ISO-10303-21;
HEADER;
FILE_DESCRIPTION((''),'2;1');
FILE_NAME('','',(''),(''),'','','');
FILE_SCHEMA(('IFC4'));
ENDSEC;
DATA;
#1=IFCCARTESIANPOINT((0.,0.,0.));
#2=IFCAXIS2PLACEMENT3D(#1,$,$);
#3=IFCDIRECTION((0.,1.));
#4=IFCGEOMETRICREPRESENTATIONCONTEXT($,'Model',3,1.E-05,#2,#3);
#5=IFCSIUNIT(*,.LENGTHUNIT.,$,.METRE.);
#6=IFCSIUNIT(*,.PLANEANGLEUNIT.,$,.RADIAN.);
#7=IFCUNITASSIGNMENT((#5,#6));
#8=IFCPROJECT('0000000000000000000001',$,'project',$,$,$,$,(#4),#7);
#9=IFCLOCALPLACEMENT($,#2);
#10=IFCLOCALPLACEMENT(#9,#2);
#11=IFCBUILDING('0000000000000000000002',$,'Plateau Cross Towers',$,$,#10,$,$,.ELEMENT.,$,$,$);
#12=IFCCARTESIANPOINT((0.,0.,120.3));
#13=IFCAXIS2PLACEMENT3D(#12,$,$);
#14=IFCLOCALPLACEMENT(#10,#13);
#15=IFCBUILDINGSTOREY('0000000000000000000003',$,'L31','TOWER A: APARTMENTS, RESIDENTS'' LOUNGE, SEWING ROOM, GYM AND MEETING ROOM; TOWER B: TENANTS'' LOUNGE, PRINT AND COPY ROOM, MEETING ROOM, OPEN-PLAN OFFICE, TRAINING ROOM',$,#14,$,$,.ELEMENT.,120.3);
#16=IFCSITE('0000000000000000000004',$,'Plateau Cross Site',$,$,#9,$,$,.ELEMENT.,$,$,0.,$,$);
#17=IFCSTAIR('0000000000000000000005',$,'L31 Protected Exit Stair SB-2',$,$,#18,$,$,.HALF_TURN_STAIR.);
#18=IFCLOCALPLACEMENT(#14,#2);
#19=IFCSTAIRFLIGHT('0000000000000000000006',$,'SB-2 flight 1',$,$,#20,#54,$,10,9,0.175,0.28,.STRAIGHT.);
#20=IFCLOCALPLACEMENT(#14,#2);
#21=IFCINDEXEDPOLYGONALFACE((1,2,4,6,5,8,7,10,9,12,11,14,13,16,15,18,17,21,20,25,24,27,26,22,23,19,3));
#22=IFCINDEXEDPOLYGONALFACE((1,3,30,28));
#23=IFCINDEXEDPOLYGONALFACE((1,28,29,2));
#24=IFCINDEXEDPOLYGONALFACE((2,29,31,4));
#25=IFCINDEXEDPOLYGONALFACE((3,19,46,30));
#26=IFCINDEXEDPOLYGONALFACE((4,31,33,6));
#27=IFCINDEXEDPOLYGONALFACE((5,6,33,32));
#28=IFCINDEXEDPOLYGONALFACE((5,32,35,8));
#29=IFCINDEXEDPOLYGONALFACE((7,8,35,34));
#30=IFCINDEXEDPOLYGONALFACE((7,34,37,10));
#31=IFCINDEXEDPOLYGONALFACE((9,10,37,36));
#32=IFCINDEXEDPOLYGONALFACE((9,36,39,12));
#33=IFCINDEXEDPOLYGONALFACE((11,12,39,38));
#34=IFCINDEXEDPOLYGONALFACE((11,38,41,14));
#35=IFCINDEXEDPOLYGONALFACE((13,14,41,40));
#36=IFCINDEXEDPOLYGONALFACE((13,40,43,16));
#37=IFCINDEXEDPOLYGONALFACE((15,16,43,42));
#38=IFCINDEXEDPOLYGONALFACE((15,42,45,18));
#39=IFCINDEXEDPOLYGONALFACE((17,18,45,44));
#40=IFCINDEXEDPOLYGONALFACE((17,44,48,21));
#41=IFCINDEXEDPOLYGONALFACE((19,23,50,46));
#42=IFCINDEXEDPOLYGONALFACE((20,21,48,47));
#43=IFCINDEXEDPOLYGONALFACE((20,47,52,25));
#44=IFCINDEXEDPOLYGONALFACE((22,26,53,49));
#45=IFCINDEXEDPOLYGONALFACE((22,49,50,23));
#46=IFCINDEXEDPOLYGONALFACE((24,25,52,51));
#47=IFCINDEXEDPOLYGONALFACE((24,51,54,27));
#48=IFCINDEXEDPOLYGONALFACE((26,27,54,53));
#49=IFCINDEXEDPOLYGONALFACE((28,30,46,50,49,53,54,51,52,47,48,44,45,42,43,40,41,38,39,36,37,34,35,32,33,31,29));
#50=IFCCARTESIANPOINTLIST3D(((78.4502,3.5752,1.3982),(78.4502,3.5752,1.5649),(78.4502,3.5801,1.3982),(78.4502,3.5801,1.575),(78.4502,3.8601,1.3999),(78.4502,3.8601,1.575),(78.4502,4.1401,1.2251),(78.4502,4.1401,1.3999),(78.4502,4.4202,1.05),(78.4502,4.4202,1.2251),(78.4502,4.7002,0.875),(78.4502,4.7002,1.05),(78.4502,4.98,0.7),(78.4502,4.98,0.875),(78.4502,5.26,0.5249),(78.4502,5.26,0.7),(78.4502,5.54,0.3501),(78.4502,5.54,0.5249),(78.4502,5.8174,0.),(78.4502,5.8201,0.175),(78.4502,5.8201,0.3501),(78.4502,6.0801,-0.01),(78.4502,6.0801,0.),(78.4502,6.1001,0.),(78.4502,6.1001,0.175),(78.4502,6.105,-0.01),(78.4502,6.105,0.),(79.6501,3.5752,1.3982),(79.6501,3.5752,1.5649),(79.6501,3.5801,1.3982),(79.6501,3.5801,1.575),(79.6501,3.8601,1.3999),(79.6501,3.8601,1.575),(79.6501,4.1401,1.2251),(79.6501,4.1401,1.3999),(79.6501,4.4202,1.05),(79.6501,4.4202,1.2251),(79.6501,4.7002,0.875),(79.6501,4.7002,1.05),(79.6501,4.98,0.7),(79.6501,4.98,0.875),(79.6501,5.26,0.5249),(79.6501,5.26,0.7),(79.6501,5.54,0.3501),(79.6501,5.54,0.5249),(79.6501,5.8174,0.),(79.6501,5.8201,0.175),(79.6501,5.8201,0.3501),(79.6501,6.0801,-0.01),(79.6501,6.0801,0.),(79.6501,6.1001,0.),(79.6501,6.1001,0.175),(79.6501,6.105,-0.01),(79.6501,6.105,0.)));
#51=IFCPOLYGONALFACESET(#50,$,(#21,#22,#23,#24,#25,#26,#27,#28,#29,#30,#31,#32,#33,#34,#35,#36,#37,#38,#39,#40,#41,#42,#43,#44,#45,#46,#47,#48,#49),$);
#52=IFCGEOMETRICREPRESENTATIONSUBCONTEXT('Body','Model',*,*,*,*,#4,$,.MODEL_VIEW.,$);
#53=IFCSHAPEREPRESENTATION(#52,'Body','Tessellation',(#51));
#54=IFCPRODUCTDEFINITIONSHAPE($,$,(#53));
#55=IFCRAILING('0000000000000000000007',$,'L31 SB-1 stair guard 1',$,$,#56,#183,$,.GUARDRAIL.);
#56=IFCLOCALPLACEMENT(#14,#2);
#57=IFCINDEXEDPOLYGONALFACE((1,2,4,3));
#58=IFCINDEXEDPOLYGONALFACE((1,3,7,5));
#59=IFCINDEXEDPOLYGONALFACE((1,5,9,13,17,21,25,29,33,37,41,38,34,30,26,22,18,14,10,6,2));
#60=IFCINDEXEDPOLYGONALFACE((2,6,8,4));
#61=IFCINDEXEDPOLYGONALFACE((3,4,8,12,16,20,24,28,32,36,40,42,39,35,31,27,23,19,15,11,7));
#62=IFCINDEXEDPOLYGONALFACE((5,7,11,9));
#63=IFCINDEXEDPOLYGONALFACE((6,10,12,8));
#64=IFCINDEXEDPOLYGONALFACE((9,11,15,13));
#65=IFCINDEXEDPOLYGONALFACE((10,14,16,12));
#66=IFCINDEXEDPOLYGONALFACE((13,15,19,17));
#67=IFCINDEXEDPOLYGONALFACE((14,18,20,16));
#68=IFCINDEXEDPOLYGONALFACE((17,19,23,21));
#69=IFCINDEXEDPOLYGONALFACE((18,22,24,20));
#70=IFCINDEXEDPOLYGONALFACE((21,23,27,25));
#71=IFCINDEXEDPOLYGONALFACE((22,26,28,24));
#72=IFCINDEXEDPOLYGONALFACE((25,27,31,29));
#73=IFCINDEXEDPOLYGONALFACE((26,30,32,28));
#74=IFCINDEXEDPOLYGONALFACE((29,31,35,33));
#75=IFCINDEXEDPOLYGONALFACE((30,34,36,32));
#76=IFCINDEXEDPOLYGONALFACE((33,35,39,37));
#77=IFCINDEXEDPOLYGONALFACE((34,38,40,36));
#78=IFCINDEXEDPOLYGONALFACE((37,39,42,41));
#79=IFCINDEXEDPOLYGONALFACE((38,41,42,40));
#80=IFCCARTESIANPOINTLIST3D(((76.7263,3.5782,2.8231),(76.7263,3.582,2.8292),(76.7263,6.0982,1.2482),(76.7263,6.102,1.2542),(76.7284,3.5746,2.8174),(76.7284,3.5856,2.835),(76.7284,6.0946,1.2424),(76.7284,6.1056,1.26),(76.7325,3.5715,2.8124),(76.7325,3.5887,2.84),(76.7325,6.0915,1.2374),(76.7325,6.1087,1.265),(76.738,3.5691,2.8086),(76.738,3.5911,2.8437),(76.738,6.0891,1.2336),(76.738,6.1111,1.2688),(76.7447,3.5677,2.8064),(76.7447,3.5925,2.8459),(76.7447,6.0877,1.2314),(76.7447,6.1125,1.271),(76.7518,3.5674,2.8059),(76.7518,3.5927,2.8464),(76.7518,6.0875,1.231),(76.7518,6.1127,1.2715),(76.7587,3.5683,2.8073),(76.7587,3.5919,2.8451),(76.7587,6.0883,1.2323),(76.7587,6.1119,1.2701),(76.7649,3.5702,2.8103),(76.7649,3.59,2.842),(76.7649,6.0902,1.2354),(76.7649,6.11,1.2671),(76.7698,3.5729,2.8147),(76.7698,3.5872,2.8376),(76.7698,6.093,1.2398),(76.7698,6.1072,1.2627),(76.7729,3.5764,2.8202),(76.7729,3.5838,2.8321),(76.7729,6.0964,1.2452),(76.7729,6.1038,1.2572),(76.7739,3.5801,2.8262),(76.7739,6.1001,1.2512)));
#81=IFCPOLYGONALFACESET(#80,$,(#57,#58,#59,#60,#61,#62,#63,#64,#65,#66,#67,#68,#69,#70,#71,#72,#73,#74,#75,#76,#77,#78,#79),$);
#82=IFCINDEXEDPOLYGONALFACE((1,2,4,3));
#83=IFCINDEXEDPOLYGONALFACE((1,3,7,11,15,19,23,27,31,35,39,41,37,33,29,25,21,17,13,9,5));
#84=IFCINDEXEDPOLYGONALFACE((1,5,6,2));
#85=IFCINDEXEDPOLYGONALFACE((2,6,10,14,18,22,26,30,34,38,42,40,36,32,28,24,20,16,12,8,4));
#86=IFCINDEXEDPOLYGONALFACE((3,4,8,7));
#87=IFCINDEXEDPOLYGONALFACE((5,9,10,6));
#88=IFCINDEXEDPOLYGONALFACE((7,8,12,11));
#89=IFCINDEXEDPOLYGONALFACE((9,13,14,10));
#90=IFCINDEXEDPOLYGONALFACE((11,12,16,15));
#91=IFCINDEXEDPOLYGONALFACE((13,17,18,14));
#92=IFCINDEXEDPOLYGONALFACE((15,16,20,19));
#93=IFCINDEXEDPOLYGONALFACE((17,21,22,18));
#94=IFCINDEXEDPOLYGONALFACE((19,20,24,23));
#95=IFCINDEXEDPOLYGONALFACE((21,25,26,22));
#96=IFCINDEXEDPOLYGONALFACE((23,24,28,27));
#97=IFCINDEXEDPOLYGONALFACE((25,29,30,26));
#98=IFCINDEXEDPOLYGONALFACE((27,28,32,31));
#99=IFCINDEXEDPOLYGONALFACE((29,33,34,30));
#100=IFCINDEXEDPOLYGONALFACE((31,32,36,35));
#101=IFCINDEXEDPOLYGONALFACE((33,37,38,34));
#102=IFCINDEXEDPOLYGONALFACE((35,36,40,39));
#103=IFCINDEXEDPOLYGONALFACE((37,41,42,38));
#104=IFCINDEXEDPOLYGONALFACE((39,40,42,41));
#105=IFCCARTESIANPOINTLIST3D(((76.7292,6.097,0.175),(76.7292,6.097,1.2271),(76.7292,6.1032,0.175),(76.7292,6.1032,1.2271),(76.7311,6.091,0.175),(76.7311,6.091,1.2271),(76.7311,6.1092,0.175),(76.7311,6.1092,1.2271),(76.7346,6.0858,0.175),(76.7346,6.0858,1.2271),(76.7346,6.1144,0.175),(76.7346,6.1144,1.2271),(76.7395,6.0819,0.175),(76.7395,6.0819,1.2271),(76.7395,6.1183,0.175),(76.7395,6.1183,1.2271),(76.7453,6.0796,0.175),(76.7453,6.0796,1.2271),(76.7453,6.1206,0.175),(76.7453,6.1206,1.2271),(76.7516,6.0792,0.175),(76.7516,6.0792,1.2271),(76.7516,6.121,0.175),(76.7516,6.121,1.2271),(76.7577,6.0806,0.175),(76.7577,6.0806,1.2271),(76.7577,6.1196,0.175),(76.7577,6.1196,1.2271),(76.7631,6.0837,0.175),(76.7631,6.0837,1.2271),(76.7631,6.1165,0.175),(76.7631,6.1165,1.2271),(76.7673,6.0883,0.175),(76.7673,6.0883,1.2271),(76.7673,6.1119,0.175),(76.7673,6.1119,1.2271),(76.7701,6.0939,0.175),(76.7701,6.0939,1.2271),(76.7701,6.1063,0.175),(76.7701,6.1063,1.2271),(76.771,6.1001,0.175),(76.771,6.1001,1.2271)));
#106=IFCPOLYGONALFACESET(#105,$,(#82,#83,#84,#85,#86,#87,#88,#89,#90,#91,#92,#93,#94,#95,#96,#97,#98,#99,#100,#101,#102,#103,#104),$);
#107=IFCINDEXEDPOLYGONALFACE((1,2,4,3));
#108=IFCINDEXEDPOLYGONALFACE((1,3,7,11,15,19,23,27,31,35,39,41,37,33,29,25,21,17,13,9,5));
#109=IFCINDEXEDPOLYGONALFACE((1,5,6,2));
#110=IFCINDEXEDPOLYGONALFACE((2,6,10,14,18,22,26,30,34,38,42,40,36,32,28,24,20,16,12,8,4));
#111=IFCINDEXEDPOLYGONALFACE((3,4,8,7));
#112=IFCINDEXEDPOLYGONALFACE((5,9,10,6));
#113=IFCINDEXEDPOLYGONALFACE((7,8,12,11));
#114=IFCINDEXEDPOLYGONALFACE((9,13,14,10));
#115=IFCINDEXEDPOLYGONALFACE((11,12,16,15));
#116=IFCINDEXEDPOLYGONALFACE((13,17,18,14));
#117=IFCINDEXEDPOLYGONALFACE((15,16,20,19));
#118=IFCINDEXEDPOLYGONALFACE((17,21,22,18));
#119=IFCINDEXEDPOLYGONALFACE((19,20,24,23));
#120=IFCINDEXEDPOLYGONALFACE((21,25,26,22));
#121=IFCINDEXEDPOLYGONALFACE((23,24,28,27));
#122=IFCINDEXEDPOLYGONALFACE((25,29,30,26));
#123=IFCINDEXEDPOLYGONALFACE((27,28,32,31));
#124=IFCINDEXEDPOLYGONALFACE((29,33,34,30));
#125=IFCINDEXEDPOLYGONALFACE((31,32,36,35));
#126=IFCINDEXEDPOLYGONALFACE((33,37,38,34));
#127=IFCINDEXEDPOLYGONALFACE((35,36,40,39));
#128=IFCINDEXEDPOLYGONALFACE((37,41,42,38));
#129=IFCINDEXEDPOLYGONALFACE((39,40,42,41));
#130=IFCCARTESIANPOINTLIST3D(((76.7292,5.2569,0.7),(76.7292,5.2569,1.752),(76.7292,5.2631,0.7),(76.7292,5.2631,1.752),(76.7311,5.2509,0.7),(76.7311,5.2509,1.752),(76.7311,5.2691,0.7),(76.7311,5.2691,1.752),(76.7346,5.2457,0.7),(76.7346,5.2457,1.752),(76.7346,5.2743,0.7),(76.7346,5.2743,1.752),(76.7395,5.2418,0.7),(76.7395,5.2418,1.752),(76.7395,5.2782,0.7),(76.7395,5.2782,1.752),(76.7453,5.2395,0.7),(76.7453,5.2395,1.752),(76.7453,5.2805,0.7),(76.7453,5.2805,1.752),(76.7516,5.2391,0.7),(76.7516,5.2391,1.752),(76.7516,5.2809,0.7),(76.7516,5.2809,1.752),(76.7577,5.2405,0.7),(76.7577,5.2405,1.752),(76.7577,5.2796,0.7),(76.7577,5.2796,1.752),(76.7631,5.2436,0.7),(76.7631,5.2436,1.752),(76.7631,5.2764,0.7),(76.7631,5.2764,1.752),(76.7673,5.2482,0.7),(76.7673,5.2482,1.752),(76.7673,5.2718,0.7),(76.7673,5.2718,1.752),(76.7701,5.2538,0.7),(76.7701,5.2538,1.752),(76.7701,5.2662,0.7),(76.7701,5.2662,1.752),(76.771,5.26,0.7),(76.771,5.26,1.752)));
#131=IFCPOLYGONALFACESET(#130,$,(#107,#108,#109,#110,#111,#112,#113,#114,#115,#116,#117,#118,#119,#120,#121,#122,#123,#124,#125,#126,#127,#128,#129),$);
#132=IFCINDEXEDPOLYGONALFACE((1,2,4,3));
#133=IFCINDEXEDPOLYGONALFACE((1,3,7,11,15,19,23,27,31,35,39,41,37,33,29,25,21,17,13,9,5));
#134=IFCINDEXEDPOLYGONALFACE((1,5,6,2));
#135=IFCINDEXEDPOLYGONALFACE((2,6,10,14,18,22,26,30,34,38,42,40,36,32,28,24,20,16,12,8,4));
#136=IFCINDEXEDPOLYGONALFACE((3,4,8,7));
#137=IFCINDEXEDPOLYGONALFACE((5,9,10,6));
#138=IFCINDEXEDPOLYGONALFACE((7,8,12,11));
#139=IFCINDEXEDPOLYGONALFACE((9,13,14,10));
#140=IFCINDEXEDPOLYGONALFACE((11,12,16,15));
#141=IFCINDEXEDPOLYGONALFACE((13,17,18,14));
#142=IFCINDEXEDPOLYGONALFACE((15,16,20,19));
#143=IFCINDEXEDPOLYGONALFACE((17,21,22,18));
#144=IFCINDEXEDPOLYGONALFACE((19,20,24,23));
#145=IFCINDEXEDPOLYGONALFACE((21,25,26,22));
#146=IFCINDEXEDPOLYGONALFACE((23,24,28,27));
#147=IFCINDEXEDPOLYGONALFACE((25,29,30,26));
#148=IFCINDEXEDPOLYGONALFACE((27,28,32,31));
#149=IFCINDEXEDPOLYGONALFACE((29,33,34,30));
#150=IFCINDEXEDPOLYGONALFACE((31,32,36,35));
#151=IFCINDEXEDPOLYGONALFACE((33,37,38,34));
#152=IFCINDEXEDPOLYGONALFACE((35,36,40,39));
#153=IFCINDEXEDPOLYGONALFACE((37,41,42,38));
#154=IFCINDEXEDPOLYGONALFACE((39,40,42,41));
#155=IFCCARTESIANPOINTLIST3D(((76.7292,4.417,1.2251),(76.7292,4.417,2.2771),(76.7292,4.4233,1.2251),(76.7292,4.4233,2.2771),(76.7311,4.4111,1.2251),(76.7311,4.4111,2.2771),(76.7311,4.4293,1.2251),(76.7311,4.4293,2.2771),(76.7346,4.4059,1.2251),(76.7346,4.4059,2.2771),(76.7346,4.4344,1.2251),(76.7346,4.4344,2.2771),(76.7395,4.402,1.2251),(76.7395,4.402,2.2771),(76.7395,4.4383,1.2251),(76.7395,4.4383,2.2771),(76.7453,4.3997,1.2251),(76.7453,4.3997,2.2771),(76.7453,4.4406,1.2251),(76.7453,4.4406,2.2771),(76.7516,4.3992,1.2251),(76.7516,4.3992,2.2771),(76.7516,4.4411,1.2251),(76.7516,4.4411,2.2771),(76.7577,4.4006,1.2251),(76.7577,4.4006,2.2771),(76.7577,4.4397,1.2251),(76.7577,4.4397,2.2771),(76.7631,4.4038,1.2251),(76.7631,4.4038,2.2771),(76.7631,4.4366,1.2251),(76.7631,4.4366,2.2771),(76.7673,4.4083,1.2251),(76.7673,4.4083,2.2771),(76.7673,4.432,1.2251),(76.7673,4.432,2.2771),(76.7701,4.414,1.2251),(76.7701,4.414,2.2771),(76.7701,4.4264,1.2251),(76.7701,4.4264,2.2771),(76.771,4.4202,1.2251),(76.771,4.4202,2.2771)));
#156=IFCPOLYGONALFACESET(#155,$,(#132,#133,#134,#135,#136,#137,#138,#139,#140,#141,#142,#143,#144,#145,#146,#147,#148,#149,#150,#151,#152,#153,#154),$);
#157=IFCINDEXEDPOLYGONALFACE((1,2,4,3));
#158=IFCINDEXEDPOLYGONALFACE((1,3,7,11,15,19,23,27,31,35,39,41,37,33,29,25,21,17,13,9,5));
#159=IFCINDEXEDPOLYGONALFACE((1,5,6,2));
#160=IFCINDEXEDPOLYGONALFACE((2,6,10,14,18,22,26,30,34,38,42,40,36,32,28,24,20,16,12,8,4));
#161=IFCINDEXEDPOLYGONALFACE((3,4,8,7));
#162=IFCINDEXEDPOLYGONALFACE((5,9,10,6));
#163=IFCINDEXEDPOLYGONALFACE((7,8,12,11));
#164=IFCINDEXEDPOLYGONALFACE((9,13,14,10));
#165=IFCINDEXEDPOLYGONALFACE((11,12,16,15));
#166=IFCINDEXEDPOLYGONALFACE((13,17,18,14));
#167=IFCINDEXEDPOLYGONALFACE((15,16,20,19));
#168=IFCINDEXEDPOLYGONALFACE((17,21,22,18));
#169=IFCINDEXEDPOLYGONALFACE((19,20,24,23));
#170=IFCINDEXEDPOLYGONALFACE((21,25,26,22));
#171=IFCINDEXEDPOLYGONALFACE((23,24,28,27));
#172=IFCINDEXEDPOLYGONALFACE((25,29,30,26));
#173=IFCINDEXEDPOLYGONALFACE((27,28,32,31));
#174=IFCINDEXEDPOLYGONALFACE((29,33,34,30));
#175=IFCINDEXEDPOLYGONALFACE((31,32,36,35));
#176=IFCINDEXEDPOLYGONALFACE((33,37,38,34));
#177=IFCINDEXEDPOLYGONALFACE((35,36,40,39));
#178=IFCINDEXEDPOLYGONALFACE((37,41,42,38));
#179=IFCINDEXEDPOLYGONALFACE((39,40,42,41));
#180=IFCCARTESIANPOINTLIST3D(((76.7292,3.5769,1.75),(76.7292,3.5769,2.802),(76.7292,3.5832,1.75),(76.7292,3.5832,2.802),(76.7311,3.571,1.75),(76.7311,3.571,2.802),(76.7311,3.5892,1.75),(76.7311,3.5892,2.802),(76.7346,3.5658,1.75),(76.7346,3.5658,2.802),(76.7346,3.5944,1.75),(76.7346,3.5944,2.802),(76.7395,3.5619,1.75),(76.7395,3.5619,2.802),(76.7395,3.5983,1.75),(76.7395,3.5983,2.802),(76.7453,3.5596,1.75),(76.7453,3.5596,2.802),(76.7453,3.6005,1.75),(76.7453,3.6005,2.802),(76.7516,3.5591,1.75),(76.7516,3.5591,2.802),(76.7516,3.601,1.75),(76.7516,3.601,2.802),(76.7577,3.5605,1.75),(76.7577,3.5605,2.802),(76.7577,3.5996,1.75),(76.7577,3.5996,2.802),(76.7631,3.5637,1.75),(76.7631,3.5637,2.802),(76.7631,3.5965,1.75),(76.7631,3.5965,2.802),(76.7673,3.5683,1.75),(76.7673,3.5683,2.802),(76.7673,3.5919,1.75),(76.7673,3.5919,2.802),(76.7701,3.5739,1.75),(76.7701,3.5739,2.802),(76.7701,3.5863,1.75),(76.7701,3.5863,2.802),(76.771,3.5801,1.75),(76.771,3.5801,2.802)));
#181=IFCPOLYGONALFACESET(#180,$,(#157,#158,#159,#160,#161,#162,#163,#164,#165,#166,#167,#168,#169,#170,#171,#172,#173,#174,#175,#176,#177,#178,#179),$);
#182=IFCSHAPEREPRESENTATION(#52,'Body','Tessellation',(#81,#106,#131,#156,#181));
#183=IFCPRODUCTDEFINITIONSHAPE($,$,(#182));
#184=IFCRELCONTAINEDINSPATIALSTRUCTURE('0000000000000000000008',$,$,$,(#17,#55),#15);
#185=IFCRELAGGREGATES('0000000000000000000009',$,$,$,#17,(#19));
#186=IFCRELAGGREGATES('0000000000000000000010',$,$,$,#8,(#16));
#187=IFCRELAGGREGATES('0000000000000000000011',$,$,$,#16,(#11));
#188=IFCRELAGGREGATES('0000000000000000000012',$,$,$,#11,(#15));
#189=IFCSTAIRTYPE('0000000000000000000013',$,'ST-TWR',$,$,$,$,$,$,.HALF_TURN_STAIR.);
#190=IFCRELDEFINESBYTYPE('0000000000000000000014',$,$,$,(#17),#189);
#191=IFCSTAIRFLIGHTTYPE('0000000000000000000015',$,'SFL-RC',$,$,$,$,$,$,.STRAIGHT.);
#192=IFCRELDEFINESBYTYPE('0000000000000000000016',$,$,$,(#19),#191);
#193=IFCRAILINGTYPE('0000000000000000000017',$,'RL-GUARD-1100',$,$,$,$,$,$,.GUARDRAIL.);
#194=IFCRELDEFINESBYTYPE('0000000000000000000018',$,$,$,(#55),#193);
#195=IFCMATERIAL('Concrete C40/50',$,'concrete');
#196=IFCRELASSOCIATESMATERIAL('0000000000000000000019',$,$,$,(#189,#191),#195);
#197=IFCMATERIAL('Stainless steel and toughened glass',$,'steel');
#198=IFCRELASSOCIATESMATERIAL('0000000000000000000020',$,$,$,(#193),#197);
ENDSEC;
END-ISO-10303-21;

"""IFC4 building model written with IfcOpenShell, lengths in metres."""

from ifc_helpers import new_model, si_unit, direction, frame, origin, origin_2d, place, context, subcontext, project, spatial, polyline, circle, outline, extrude, material, type_object, element, aggregate, save


model = new_model("IFC4")

# Units and contexts
model_context = context("Model", 3, precision=1e-05, world=origin(), true_north=direction((0.0, 1.0)))
body_context = subcontext(model_context, "Body", "Model", "MODEL_VIEW")
ifc_project = project(units=[si_unit("LENGTHUNIT", "METRE"), si_unit("PLANEANGLEUNIT", "RADIAN")], contexts=[model_context])

# Site, building, storey
site_placement = place(None, origin())
site = spatial("IfcSite", under=ifc_project, at=site_placement, Name="Plateau Cross Site", CompositionType="ELEMENT", RefElevation=0.0)
building_placement = place(site_placement, origin())
building = spatial("IfcBuilding", under=site, at=building_placement, Name="Plateau Cross Towers", CompositionType="ELEMENT")
storey_placement = place(building_placement, frame((0.0, 0.0, 120.3)))
storey = spatial("IfcBuildingStorey", under=building, at=storey_placement, Name="L31", Description="TOWER A: APARTMENTS, RESIDENTS' LOUNGE, SEWING ROOM, GYM AND MEETING ROOM; TOWER B: TENANTS' LOUNGE, PRINT AND COPY ROOM, MEETING ROOM, OPEN-PLAN OFFICE, TRAINING ROOM", CompositionType="ELEMENT", Elevation=120.3)

# Stair, stair flight
ifc_material_1 = material(Name="Concrete C40/50", Category="concrete")
stair_type = type_object("IfcStairType", Name="ST-TWR", PredefinedType="HALF_TURN_STAIR", material=ifc_material_1)
stair_flight_type = type_object("IfcStairFlightType", Name="SFL-RC", PredefinedType="STRAIGHT", material=ifc_material_1)
stair_1_placement = place(storey_placement, origin())
stair_1 = element("IfcStair", 1, at=stair_1_placement, inside=storey, type_object=stair_type, Name="L31 Protected Exit Stair SB-2", PredefinedType="HALF_TURN_STAIR")
stair_flight_1_placement = place(storey_placement, frame((79.05, 6.1001, 0.0), z_axis=(0.0, 0.0, 1.0), x_axis=(0.0, -1.0, 0.0)))
stair_flight_1 = element("IfcStairFlight", 2, at=stair_flight_1_placement, type_object=stair_flight_type, Name="SB-2 flight 1", NumberOfRisers=10, NumberOfTreads=9, PredefinedType="STRAIGHT", RiserHeight=0.175, TreadLength=0.28, context=body_context, shape_type="SweptSolid", body=[
    extrude(outline(polyline([(-0.0049, -0.01), (-0.0049, 0.0), (0.0, 0.0), (0.0, 0.175), (0.28, 0.175), (0.28, 0.3501), (0.5601, 0.3501), (0.5601, 0.5249), (0.8401, 0.5249), (0.8401, 0.7), (1.1201, 0.7), (1.1201, 0.875), (1.3999, 0.875), (1.3999, 1.05), (1.6799, 1.05), (1.6799, 1.2251), (1.96, 1.2251), (1.96, 1.3999), (2.24, 1.3999), (2.24, 1.575), (2.52, 1.575), (2.5249, 1.5649), (2.5249, 1.3982), (2.52, 1.3982), (0.2827, 0.0), (0.02, 0.0), (0.02, -0.01), (-0.0049, -0.01)])), frame((0.0, 0.6001, 0.0), z_axis=(0.0, -1.0, 0.0), x_axis=(1.0, 0.0, 0.0)), (0.0, 0.0, 1.0), 1.2),
])
aggregate(stair_1, [stair_flight_1])

# Railing
ifc_material_2 = material(Name="Stainless steel and toughened glass", Category="steel")
railing_type_1 = type_object("IfcRailingType", Name="RL-GUARD-1100", PredefinedType="GUARDRAIL", material=ifc_material_2)
railing_1_placement = place(storey_placement, frame((76.75, 6.1001, 0.175)))
element("IfcRailing", 3, at=railing_1_placement, inside=storey, type_object=railing_type_1, Name="L31 SB-1 stair guard 1", PredefinedType="GUARDRAIL", context=body_context, shape_type="SweptSolid", body=[
    extrude(circle(Radius=0.0239, at=origin_2d()), frame((0.0, 0.0, 1.0762), z_axis=(0.0, -0.848008, 0.529984), x_axis=(1.0, 0.0, 0.0)), (0.0, 0.0, 1.0), 2.9717),
    extrude(circle(Radius=0.021, at=origin_2d()), origin(), (0.0, 0.0, 1.0), 1.052),
    extrude(circle(Radius=0.021, at=origin_2d()), frame((0.0, -0.8401, 0.5249)), (0.0, 0.0, 1.0), 1.052),
    extrude(circle(Radius=0.021, at=origin_2d()), frame((0.0, -1.6799, 1.05)), (0.0, 0.0, 1.0), 1.052),
    extrude(circle(Radius=0.021, at=origin_2d()), frame((0.0, -2.52, 1.575)), (0.0, 0.0, 1.0), 1.052),
])

save(model, "model.ifc")
